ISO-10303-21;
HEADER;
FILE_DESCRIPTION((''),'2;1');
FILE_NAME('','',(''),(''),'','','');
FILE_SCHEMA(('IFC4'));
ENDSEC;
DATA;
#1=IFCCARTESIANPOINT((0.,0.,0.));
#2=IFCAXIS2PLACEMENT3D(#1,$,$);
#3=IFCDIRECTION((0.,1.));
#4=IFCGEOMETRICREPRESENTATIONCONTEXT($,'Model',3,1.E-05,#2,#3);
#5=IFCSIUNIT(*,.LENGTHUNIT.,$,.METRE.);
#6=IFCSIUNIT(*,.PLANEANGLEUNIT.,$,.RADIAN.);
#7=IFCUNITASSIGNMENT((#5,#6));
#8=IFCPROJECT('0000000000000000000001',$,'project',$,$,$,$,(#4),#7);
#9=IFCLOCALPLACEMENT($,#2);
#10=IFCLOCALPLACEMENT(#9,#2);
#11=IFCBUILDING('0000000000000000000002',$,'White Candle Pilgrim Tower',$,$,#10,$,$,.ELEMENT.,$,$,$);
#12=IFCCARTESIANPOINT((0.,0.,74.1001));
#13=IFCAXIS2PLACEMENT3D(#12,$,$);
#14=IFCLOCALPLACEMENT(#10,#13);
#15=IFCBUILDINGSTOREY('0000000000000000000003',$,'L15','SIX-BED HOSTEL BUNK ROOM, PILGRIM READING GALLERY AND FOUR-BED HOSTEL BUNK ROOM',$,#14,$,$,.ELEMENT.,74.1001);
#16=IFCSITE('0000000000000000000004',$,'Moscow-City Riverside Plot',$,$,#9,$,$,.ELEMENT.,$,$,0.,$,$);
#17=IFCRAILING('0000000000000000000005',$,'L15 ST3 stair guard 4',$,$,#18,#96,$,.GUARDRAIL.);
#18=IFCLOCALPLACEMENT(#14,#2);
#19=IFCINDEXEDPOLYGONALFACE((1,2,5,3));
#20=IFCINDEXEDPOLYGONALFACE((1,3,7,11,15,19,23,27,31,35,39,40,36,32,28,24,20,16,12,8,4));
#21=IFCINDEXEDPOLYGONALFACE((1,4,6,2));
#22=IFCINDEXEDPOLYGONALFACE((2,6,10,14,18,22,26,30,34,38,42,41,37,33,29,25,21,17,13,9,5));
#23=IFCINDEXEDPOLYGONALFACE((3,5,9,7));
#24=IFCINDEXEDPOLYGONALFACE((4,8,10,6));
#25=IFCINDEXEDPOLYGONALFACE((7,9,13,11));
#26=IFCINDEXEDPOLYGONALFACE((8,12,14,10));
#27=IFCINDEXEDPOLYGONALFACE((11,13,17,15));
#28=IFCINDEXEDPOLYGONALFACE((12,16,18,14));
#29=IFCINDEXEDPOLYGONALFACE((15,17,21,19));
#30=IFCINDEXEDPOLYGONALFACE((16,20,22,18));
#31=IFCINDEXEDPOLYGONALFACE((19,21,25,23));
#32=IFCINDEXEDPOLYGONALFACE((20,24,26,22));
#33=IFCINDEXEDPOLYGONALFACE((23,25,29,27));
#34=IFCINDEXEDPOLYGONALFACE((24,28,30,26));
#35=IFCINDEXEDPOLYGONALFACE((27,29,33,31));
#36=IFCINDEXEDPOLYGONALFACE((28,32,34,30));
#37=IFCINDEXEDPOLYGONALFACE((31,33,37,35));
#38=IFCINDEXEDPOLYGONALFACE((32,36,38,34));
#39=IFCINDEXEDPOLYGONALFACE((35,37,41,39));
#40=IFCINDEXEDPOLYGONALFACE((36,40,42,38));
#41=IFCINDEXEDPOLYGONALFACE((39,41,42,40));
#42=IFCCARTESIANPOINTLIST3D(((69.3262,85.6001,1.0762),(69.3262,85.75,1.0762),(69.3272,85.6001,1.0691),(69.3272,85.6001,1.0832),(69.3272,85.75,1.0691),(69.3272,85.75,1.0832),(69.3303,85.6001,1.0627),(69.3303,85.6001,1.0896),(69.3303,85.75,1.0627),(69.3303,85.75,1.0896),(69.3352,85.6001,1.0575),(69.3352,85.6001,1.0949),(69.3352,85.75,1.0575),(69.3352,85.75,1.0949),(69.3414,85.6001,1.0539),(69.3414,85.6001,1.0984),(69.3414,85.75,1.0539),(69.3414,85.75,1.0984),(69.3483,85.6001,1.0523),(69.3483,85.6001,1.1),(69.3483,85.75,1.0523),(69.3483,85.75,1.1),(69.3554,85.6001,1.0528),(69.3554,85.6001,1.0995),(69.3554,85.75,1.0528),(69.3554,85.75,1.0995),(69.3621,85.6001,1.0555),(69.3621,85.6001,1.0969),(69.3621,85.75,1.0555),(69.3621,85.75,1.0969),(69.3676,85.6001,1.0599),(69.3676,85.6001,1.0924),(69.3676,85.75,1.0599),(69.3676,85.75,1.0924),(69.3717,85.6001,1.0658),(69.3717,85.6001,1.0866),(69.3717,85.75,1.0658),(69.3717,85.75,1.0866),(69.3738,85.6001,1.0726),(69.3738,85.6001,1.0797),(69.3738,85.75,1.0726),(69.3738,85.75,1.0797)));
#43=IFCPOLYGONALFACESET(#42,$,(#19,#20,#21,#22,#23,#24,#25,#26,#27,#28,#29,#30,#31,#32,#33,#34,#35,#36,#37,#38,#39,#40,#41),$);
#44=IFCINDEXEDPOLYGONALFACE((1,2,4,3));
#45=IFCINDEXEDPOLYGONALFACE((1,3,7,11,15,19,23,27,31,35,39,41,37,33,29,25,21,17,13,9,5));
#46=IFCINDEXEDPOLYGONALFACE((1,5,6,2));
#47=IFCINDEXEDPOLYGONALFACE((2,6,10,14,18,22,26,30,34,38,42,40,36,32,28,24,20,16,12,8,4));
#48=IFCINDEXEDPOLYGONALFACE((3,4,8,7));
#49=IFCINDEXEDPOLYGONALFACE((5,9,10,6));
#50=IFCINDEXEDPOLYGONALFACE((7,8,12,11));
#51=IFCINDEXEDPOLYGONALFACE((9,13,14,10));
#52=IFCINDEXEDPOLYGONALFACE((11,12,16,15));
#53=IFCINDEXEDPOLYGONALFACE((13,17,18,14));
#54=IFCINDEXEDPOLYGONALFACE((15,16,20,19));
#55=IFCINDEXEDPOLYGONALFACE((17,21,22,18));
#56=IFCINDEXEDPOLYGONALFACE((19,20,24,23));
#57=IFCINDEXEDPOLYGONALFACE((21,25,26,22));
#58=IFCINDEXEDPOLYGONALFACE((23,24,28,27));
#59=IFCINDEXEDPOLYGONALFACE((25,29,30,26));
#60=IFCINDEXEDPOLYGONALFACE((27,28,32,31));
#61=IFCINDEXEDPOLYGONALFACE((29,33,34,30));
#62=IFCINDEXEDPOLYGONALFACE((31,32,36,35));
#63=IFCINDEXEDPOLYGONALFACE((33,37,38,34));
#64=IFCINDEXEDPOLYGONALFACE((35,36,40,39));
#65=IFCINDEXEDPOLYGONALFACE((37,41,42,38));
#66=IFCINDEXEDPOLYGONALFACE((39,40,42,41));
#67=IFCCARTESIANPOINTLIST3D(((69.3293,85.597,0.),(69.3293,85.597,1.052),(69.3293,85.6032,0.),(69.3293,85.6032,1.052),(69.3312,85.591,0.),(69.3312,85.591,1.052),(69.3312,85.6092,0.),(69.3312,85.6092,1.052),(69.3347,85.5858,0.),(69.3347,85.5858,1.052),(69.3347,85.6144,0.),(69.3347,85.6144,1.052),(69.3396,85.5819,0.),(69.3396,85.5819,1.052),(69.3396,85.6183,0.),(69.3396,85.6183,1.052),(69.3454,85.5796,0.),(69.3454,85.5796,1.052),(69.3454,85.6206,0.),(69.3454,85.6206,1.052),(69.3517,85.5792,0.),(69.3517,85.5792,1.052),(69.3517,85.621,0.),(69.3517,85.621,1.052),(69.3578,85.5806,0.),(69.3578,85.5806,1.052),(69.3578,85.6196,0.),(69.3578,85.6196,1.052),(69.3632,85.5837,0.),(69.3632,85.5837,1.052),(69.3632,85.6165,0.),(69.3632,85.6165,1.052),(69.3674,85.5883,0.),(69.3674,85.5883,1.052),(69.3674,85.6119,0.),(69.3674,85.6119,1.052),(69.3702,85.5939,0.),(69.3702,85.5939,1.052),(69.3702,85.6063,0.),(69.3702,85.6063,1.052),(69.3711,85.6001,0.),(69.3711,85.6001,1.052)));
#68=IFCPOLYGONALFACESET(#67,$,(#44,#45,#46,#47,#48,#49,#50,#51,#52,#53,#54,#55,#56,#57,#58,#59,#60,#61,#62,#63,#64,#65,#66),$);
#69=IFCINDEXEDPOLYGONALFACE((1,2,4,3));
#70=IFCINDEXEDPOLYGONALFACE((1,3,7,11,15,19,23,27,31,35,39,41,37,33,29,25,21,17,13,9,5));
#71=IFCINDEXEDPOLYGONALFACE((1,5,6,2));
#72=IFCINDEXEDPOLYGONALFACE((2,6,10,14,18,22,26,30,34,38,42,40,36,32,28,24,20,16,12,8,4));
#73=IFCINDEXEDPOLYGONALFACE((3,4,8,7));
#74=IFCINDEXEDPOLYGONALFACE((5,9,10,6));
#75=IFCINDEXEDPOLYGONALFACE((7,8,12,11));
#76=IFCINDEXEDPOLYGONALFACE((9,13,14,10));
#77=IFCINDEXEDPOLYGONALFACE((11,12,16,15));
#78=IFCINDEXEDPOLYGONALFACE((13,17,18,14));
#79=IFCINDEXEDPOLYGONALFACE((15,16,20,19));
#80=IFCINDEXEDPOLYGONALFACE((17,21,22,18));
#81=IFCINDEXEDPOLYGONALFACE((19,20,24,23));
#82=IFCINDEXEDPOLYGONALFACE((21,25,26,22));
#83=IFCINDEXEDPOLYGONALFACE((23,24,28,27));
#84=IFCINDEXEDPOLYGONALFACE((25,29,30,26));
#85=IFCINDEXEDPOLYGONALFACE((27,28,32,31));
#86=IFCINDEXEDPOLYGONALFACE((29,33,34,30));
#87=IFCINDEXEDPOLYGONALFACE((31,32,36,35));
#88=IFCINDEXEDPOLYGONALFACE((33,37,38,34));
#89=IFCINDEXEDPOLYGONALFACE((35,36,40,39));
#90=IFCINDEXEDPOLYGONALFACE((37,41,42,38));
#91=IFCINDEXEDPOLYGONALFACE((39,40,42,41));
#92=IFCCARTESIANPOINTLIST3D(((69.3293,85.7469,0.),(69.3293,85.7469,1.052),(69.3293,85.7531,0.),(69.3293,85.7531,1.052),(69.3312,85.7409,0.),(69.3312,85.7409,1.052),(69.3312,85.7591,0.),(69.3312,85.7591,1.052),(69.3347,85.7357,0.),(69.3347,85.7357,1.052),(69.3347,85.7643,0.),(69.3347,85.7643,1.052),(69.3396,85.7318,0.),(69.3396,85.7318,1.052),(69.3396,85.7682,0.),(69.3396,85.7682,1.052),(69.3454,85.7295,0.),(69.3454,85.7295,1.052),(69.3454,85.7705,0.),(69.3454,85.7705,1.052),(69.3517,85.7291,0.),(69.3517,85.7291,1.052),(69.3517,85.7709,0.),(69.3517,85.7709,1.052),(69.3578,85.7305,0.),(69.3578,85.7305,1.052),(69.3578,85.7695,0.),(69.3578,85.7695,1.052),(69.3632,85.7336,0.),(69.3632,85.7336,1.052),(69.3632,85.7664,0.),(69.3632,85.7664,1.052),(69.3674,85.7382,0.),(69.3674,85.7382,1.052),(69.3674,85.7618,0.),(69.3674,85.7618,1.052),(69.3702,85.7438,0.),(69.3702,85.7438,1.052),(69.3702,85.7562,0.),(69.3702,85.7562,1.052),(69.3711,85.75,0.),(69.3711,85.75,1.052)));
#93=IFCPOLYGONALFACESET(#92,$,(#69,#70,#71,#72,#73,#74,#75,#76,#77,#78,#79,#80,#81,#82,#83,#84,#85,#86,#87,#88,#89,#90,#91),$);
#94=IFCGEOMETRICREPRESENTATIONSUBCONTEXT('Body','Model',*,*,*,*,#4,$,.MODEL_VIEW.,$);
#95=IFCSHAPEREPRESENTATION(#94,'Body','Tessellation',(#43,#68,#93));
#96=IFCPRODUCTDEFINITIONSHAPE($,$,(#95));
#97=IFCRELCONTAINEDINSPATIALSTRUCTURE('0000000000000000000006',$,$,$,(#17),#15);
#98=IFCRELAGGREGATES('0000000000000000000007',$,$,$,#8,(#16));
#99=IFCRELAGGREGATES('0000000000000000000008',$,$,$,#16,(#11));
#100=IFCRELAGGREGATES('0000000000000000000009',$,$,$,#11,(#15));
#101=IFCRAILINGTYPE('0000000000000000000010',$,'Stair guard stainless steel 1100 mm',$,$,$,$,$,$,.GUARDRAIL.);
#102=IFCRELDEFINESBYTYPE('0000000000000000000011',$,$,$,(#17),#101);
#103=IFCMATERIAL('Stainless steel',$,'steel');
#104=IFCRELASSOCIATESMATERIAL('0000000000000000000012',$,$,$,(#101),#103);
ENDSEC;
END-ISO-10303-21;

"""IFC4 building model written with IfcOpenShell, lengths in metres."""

from ifc_helpers import new_model, si_unit, direction, frame, origin, origin_2d, place, context, subcontext, project, spatial, circle, extrude, material, type_object, element, save


model = new_model("IFC4")

# Units and contexts
model_context = context("Model", 3, precision=1e-05, world=origin(), true_north=direction((0.0, 1.0)))
body_context = subcontext(model_context, "Body", "Model", "MODEL_VIEW")
ifc_project = project(units=[si_unit("LENGTHUNIT", "METRE"), si_unit("PLANEANGLEUNIT", "RADIAN")], contexts=[model_context])

# Site, building, storey
site_placement = place(None, origin())
site = spatial("IfcSite", under=ifc_project, at=site_placement, Name="Moscow-City Riverside Plot", CompositionType="ELEMENT", RefElevation=0.0)
building_placement = place(site_placement, origin())
building = spatial("IfcBuilding", under=site, at=building_placement, Name="White Candle Pilgrim Tower", CompositionType="ELEMENT")
storey_placement = place(building_placement, frame((0.0, 0.0, 74.1001)))
storey = spatial("IfcBuildingStorey", under=building, at=storey_placement, Name="L15", Description="SIX-BED HOSTEL BUNK ROOM, PILGRIM READING GALLERY AND FOUR-BED HOSTEL BUNK ROOM", CompositionType="ELEMENT", Elevation=74.1001)

# Railing
ifc_material_1 = material(Name="Stainless steel", Category="steel")
railing_type_1 = type_object("IfcRailingType", Name="Stair guard stainless steel 1100 mm", PredefinedType="GUARDRAIL", material=ifc_material_1)
railing_1_placement = place(storey_placement, frame((69.3501, 85.6001, 0.0)))
element("IfcRailing", 1, at=railing_1_placement, inside=storey, type_object=railing_type_1, Name="L15 ST3 stair guard 4", PredefinedType="GUARDRAIL", context=body_context, shape_type="SweptSolid", body=[
    extrude(circle(Radius=0.0239, at=origin_2d()), frame((0.0, 0.0, 1.0762), z_axis=(0.0, 1.0, 0.0), x_axis=(-1.0, 0.0, 0.0)), (0.0, 0.0, 1.0), 0.1499),
    extrude(circle(Radius=0.021, at=origin_2d()), origin(), (0.0, 0.0, 1.0), 1.052),
    extrude(circle(Radius=0.021, at=origin_2d()), frame((0.0, 0.1499, 0.0)), (0.0, 0.0, 1.0), 1.052),
])

save(model, "model.ifc")
